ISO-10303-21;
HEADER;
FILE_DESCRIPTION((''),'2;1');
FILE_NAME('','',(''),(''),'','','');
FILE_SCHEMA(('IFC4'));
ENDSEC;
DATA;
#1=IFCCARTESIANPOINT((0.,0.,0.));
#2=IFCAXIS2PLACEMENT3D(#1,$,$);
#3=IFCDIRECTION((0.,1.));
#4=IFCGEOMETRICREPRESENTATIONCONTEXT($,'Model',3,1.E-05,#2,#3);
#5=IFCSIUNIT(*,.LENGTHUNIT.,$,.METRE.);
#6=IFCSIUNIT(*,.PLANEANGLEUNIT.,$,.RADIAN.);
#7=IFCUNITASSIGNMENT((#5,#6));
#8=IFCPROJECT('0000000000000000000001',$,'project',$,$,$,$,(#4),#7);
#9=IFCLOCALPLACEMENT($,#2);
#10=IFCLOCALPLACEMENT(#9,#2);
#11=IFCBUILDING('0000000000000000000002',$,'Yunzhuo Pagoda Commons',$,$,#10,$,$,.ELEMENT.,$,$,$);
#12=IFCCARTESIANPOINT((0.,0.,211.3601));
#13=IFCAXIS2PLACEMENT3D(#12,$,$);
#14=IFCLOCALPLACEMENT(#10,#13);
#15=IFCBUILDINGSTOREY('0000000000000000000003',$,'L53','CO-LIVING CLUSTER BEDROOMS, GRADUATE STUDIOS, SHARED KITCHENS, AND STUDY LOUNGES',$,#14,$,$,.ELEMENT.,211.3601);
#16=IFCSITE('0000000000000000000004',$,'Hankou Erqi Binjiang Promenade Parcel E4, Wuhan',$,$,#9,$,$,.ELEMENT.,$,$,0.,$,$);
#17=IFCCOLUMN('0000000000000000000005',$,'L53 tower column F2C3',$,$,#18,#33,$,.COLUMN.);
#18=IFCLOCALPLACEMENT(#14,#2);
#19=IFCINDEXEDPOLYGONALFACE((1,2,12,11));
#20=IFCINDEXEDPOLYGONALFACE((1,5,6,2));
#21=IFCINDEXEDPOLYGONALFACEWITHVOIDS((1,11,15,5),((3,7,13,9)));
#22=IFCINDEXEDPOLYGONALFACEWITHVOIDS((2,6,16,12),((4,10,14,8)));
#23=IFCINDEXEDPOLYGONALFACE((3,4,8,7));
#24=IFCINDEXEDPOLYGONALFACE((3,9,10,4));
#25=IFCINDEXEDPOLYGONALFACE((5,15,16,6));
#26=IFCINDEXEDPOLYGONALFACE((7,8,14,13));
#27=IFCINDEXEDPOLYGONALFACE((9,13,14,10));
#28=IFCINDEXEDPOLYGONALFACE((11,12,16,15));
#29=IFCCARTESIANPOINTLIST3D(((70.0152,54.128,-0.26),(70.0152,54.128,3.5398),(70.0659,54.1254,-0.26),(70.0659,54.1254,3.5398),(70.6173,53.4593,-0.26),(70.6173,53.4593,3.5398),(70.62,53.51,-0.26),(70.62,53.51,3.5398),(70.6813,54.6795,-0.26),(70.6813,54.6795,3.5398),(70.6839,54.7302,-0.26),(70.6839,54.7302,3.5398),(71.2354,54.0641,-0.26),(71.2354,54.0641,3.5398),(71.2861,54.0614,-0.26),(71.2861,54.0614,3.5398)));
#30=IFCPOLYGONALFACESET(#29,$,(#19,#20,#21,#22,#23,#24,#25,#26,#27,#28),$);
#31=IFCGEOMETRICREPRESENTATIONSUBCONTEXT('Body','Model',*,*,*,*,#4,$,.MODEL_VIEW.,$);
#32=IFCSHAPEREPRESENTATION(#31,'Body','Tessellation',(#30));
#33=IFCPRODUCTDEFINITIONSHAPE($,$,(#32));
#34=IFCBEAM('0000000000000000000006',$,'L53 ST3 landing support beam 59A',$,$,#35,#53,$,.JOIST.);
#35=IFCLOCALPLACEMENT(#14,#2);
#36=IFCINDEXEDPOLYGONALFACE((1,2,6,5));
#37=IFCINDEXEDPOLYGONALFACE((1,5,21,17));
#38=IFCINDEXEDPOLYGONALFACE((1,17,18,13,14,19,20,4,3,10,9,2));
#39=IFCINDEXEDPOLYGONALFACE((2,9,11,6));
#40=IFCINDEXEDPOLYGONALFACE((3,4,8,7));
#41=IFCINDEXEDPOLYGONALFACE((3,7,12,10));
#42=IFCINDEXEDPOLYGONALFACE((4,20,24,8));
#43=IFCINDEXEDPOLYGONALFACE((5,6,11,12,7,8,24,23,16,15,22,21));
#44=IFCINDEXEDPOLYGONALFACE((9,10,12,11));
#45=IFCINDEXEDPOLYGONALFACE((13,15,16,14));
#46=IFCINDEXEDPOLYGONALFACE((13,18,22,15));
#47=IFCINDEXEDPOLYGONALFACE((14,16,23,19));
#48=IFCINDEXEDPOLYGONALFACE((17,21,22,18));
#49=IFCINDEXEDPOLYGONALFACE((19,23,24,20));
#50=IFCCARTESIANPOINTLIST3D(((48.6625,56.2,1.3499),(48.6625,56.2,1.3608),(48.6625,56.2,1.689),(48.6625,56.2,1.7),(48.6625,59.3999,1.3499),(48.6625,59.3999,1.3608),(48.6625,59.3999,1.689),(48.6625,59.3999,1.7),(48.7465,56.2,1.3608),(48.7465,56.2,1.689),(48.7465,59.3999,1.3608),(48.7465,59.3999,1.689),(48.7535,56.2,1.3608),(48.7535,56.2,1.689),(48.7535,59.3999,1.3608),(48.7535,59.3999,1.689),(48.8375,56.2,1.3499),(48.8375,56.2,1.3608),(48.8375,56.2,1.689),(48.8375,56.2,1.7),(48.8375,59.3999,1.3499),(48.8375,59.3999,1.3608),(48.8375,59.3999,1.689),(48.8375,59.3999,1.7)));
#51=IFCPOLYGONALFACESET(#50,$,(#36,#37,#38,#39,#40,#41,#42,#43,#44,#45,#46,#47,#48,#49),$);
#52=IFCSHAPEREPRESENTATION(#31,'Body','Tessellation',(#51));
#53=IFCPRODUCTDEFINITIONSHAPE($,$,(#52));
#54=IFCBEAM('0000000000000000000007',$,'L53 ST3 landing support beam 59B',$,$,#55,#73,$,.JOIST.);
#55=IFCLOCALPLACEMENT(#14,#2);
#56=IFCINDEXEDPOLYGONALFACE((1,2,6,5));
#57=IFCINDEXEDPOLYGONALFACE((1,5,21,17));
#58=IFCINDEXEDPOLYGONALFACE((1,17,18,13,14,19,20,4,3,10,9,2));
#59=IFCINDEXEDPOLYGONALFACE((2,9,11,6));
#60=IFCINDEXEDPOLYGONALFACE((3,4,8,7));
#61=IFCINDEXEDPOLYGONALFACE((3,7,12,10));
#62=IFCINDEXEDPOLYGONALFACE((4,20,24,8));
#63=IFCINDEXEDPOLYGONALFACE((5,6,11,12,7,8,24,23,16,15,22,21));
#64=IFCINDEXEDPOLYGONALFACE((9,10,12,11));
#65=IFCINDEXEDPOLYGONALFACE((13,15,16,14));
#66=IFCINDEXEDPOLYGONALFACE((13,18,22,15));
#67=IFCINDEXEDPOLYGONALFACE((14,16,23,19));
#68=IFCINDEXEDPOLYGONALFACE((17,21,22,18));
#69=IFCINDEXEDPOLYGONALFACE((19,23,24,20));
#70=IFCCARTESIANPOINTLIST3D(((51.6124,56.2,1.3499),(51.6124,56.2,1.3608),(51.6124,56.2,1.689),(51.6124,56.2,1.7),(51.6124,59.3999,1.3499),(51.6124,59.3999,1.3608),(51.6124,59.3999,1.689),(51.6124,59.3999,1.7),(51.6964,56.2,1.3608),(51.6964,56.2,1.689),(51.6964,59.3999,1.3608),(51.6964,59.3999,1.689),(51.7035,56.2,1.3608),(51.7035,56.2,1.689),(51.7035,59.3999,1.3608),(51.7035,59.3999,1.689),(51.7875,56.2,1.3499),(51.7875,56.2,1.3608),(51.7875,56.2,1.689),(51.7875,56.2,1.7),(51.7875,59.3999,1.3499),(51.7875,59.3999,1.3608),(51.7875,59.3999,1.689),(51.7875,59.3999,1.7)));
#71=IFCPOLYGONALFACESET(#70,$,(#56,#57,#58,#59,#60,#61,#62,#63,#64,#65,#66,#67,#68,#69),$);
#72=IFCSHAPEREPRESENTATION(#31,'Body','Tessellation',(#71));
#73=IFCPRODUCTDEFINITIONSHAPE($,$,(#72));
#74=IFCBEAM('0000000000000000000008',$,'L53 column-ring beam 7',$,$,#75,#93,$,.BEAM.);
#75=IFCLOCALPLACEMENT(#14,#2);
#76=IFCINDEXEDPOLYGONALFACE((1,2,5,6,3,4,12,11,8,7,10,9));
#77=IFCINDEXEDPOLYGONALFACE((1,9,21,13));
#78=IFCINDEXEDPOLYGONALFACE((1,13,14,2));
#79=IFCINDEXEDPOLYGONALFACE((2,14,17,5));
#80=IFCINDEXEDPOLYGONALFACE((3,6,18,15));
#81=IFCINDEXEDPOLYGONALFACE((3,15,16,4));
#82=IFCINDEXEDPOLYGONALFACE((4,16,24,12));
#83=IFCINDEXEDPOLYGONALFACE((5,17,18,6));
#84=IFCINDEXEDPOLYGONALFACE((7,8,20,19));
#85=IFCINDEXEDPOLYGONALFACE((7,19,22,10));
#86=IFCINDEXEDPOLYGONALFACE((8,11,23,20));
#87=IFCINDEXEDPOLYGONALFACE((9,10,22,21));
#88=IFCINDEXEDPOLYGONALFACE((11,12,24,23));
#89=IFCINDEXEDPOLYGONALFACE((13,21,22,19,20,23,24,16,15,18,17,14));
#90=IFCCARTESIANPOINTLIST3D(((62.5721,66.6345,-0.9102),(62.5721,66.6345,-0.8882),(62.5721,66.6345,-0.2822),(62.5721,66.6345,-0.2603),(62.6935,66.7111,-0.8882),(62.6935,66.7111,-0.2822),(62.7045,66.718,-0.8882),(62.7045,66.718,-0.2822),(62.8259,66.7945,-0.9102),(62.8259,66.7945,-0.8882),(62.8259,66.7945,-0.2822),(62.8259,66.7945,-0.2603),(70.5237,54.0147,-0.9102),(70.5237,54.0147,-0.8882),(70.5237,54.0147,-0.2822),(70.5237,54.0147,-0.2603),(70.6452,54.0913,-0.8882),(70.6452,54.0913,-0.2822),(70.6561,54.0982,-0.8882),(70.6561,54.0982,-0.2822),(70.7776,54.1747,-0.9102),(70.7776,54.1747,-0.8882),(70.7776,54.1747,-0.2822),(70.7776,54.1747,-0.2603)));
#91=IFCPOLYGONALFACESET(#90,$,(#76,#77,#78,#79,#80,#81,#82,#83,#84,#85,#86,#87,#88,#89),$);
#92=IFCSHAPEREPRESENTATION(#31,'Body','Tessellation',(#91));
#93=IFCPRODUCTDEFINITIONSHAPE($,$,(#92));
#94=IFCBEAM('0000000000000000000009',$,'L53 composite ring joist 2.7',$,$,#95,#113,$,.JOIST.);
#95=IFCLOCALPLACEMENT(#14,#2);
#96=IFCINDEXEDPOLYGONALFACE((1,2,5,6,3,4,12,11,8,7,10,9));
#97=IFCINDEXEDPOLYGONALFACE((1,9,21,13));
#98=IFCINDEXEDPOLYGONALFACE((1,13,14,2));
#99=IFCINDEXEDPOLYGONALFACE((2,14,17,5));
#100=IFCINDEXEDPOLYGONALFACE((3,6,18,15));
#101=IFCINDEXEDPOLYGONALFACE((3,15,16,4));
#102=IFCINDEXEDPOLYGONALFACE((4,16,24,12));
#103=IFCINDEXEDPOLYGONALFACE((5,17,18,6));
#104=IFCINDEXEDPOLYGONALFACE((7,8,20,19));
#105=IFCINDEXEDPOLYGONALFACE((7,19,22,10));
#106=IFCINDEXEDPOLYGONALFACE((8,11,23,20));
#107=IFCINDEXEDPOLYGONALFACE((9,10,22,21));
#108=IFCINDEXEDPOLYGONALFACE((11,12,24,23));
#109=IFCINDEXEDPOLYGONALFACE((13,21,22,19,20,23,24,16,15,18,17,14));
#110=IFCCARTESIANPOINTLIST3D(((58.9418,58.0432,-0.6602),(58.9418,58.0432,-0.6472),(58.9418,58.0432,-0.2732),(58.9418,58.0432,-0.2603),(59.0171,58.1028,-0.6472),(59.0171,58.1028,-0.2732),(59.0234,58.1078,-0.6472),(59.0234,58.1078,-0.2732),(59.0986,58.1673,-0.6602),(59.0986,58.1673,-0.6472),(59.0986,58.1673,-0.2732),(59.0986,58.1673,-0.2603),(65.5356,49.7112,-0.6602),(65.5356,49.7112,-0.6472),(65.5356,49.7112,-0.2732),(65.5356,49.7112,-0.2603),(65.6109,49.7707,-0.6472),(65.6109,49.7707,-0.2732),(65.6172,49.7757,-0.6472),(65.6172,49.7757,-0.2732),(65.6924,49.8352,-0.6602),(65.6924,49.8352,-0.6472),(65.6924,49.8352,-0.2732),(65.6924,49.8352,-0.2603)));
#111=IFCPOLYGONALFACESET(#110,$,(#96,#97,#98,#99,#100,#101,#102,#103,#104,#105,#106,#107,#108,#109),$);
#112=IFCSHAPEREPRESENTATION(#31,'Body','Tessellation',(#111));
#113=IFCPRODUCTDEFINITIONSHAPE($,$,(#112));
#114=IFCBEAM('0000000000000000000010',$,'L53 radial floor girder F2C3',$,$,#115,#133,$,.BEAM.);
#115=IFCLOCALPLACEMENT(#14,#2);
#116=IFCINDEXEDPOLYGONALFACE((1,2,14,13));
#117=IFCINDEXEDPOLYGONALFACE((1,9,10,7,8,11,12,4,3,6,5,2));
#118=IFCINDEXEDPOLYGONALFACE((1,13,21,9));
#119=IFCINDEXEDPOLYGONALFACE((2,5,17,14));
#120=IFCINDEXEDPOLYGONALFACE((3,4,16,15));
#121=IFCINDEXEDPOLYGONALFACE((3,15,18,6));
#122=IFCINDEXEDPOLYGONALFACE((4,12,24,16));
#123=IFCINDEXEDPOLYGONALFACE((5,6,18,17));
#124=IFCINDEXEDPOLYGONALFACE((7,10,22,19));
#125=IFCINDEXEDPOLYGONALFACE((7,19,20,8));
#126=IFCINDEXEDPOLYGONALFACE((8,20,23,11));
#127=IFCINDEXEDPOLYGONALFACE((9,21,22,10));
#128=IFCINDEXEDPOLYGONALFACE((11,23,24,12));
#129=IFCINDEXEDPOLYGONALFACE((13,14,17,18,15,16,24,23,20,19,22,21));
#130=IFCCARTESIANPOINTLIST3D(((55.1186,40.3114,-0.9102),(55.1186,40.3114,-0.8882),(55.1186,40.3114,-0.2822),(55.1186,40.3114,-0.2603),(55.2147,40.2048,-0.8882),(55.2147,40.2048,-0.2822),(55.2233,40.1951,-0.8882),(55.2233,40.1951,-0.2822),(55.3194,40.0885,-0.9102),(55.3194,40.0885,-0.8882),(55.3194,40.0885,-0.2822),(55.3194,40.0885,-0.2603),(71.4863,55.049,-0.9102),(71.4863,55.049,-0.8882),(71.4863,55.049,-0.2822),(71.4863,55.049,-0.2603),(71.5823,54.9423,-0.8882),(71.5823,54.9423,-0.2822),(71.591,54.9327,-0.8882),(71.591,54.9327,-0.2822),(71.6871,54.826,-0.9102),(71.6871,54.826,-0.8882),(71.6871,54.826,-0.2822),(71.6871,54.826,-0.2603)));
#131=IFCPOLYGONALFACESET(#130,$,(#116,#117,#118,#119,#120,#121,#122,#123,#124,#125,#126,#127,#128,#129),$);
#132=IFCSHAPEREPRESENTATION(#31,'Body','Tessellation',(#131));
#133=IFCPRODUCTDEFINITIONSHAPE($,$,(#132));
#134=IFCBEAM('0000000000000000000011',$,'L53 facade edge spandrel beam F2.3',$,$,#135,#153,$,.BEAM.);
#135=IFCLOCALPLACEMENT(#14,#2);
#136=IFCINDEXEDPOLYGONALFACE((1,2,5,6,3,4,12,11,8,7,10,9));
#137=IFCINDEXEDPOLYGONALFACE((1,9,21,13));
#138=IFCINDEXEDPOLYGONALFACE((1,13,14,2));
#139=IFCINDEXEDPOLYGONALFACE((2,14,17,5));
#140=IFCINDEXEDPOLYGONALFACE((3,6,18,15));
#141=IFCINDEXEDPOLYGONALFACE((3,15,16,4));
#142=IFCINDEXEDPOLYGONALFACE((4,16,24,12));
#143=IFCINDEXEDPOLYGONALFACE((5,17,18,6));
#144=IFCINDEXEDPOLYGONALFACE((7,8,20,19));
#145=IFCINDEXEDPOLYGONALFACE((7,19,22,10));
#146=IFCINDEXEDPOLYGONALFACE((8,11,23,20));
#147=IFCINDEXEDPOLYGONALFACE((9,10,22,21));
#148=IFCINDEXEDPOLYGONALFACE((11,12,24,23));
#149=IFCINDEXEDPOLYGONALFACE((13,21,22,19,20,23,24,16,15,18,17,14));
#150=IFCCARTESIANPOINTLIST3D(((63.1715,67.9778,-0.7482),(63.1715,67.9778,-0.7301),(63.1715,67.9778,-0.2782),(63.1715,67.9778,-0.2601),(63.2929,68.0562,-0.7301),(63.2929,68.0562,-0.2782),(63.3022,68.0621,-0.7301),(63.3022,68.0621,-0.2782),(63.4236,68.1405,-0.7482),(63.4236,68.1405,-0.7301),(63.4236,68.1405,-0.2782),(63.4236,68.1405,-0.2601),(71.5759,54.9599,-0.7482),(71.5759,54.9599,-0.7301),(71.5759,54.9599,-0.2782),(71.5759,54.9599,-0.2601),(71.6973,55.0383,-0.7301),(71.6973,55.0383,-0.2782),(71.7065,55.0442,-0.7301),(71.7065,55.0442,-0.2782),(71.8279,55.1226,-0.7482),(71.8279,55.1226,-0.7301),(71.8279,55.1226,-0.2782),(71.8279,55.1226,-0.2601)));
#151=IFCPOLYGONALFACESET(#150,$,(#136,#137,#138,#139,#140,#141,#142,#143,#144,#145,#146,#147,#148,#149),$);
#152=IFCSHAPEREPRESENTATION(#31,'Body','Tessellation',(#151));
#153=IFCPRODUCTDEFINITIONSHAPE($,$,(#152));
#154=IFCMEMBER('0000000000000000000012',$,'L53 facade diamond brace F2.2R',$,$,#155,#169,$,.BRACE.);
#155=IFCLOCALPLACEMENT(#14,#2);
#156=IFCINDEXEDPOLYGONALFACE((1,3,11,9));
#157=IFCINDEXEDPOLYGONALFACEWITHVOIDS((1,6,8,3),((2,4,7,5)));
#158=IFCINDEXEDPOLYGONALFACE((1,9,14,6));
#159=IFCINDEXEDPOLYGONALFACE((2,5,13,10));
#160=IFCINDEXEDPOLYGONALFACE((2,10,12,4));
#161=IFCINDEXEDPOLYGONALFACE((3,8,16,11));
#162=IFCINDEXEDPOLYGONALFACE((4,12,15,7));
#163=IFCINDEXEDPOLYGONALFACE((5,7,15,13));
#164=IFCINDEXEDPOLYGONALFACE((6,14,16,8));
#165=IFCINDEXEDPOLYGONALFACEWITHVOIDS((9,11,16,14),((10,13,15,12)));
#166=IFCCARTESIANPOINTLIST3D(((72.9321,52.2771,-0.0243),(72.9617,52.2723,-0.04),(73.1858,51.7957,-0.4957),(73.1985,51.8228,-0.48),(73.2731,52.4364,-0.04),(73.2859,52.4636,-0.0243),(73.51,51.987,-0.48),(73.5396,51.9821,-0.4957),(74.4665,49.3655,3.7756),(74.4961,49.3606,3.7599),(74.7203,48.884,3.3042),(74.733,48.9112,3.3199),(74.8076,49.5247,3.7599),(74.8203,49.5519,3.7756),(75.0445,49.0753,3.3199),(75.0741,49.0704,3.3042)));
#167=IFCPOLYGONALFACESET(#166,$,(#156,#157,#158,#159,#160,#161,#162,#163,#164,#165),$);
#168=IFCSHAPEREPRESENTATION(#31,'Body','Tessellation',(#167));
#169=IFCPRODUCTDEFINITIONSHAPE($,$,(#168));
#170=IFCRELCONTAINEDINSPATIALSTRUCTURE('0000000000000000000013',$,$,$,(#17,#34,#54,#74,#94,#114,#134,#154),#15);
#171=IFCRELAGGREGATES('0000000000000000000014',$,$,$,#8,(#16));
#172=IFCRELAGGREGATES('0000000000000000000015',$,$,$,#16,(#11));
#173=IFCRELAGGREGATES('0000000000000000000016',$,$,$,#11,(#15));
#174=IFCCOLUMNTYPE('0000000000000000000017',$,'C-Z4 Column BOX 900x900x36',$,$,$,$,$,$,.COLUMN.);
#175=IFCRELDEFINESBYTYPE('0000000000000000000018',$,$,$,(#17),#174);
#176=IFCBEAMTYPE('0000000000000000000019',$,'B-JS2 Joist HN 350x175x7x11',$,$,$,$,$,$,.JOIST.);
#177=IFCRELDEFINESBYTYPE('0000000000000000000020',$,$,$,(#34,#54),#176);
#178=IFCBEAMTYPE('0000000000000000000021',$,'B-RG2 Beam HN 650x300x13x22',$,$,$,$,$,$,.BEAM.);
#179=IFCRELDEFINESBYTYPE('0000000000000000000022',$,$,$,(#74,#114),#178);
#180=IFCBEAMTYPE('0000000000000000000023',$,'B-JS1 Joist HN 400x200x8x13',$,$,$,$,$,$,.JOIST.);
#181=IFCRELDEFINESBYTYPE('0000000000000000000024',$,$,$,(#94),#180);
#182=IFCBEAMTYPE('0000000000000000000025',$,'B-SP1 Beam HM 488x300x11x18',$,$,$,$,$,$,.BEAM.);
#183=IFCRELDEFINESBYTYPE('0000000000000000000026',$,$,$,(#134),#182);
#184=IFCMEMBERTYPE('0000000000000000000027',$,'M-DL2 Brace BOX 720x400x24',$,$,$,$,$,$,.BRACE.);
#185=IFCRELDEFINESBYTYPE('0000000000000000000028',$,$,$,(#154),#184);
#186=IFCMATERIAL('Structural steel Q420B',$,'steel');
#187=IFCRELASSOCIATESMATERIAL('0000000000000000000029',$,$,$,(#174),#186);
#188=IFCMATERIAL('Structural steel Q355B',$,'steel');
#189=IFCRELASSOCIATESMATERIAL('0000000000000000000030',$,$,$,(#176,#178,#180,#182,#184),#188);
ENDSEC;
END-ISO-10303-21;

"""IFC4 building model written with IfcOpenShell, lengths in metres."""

from ifc_helpers import new_model, si_unit, direction, frame, origin, origin_2d, place, context, subcontext, project, spatial, hollow_rectangle, i_section, extrude, source, transform, mapped, material, material_profile, profile_set, type_object, element, save


model = new_model("IFC4")

# Units and contexts
model_context = context("Model", 3, precision=1e-05, world=origin(), true_north=direction((0.0, 1.0)))
body_context = subcontext(model_context, "Body", "Model", "MODEL_VIEW")
ifc_project = project(units=[si_unit("LENGTHUNIT", "METRE"), si_unit("PLANEANGLEUNIT", "RADIAN")], contexts=[model_context])

# Site, building, storey
site_placement = place(None, origin())
site = spatial("IfcSite", under=ifc_project, at=site_placement, Name="Hankou Erqi Binjiang Promenade Parcel E4, Wuhan", CompositionType="ELEMENT", RefElevation=0.0)
building_placement = place(site_placement, origin())
building = spatial("IfcBuilding", under=site, at=building_placement, Name="Yunzhuo Pagoda Commons", CompositionType="ELEMENT")
storey_placement = place(building_placement, frame((0.0, 0.0, 211.3601)))
storey = spatial("IfcBuildingStorey", under=building, at=storey_placement, Name="L53", Description="CO-LIVING CLUSTER BEDROOMS, GRADUATE STUDIOS, SHARED KITCHENS, AND STUDY LOUNGES", CompositionType="ELEMENT", Elevation=211.3601)

# Column
ifc_material_1 = material(Name="Structural steel Q420B", Category="steel")
ifc_material_profile_1 = material_profile(ifc_material_1, hollow_rectangle(XDim=0.8999, YDim=0.8999, WallThickness=0.0359, at=origin_2d()), Name="Structural steel Q420B")
ifc_profile_set_1 = profile_set([ifc_material_profile_1], Name="Structural steel Q420B")
column_type = type_object("IfcColumnType", Name="C-Z4 Column BOX 900x900x36", PredefinedType="COLUMN", material=ifc_profile_set_1)
shared_shape_1 = source(origin(), body_context, "Body", "SweptSolid", [
    extrude(hollow_rectangle(XDim=0.8999, YDim=0.8999, WallThickness=0.0359, at=origin_2d()), origin(), (0.0, 0.0, 1.0), 3.7998),
])
column_placement = place(storey_placement, frame((70.6506, 54.0947, -0.26), z_axis=(0.0, 0.0, 1.0), x_axis=(-0.669131, 0.743145, 0.0)))
element("IfcColumn", 1, at=column_placement, inside=storey, type_object=column_type, Name="L53 tower column F2C3", PredefinedType="COLUMN", context=body_context, shape_type="MappedRepresentation", body=[
    mapped(shared_shape_1, transform((0.0, 0.0, 0.0), scale=1.0)),
])

# Beams
ifc_material_2 = material(Name="Structural steel Q355B", Category="steel")
ifc_material_profile_2 = material_profile(ifc_material_2, i_section(OverallWidth=0.175, OverallDepth=0.3501, WebThickness=0.0071, FlangeThickness=0.011, at=origin_2d()), Name="Structural steel Q355B")
ifc_profile_set_2 = profile_set([ifc_material_profile_2], Name="Structural steel Q355B")
beam_type_1 = type_object("IfcBeamType", Name="B-JS2 Joist HN 350x175x7x11", PredefinedType="JOIST", material=ifc_profile_set_2)
shared_shape_2 = source(origin(), body_context, "Body", "SweptSolid", [
    extrude(i_section(OverallWidth=0.175, OverallDepth=0.3501, WebThickness=0.0071, FlangeThickness=0.011, at=origin_2d()), origin(), (0.0, 0.0, 1.0), 3.2),
])
for number, where, z_axis, x_axis, name in (
    (2, (48.75, 56.2, 1.5249), (0.0, 1.0, 0.0), (-1.0, 0.0, 0.0), "L53 ST3 landing support beam 59A"),
    (3, (51.7, 56.2, 1.5249), (0.0, 1.0, 0.0), (-1.0, 0.0, 0.0), "L53 ST3 landing support beam 59B"),
):
    element("IfcBeam", number, at=place(storey_placement, frame(where, z_axis=z_axis, x_axis=x_axis)), inside=storey, type_object=beam_type_1, Name=name, PredefinedType="JOIST", context=body_context, shape_type="MappedRepresentation", body=[
        mapped(shared_shape_2, transform((0.0, 0.0, 0.0), scale=1.0)),
    ])
ifc_material_profile_3 = material_profile(ifc_material_2, i_section(OverallWidth=0.3, OverallDepth=0.6499, WebThickness=0.0129, FlangeThickness=0.022, at=origin_2d()), Name="Structural steel Q355B")
ifc_profile_set_3 = profile_set([ifc_material_profile_3], Name="Structural steel Q355B")
beam_type_2 = type_object("IfcBeamType", Name="B-RG2 Beam HN 650x300x13x22", PredefinedType="BEAM", material=ifc_profile_set_3)
shared_shape_3 = source(origin(), body_context, "Body", "SweptSolid", [
    extrude(i_section(OverallWidth=0.3, OverallDepth=0.6499, WebThickness=0.0129, FlangeThickness=0.022, at=origin_2d()), origin(), (0.0, 0.0, 1.0), 14.916),
])
beam_1_placement = place(storey_placement, frame((70.6506, 54.0947, -0.5852), z_axis=(-0.533092, 0.846057, 0.0), x_axis=(-0.846057, -0.533092, 0.0)))
element("IfcBeam", 4, at=beam_1_placement, inside=storey, type_object=beam_type_2, Name="L53 column-ring beam 7", PredefinedType="BEAM", context=body_context, shape_type="MappedRepresentation", body=[
    mapped(shared_shape_3, transform((0.0, 0.0, 0.0), scale=1.0)),
])
ifc_material_profile_4 = material_profile(ifc_material_2, i_section(OverallWidth=0.2, OverallDepth=0.3999, WebThickness=0.0081, FlangeThickness=0.0129, at=origin_2d()), Name="Structural steel Q355B")
ifc_profile_set_4 = profile_set([ifc_material_profile_4], Name="Structural steel Q355B")
beam_type_3 = type_object("IfcBeamType", Name="B-JS1 Joist HN 400x200x8x13", PredefinedType="JOIST", material=ifc_profile_set_4)
shared_shape_4 = source(origin(), body_context, "Body", "SweptSolid", [
    extrude(i_section(OverallWidth=0.2, OverallDepth=0.3999, WebThickness=0.0081, FlangeThickness=0.0129, at=origin_2d()), origin(), (0.0, 0.0, 1.0), 10.6255),
])
beam_2_placement = place(storey_placement, frame((65.614, 49.7732, -0.4602), z_axis=(-0.620562, 0.784158, 0.0), x_axis=(-0.784158, -0.620562, 0.0)))
element("IfcBeam", 5, at=beam_2_placement, inside=storey, type_object=beam_type_3, Name="L53 composite ring joist 2.7", PredefinedType="JOIST", context=body_context, shape_type="MappedRepresentation", body=[
    mapped(shared_shape_4, transform((0.0, 0.0, 0.0), scale=1.0)),
])
shared_shape_5 = source(origin(), body_context, "Body", "SweptSolid", [
    extrude(i_section(OverallWidth=0.3, OverallDepth=0.6499, WebThickness=0.0129, FlangeThickness=0.022, at=origin_2d()), origin(), (0.0, 0.0, 1.0), 22.0249),
])
beam_3_placement = place(storey_placement, frame((71.5867, 54.9375, -0.5852), z_axis=(-0.743144, -0.669131, 0.0), x_axis=(0.669131, -0.743144, 0.0)))
element("IfcBeam", 6, at=beam_3_placement, inside=storey, type_object=beam_type_2, Name="L53 radial floor girder F2C3", PredefinedType="BEAM", context=body_context, shape_type="MappedRepresentation", body=[
    mapped(shared_shape_5, transform((0.0, 0.0, 0.0), scale=1.0)),
])
ifc_material_profile_5 = material_profile(ifc_material_2, i_section(OverallWidth=0.3, OverallDepth=0.488, WebThickness=0.011, FlangeThickness=0.0181, at=origin_2d()), Name="Structural steel Q355B")
ifc_profile_set_5 = profile_set([ifc_material_profile_5], Name="Structural steel Q355B")
beam_type_4 = type_object("IfcBeamType", Name="B-SP1 Beam HM 488x300x11x18", PredefinedType="BEAM", material=ifc_profile_set_5)
shared_shape_6 = source(origin(), body_context, "Body", "SweptSolid", [
    extrude(i_section(OverallWidth=0.3, OverallDepth=0.488, WebThickness=0.011, FlangeThickness=0.0181, at=origin_2d()), origin(), (0.0, 0.0, 1.0), 15.4951),
])
beam_4_placement = place(storey_placement, frame((71.7019, 55.0413, -0.5042), z_axis=(-0.542387, 0.840129, 0.0), x_axis=(-0.840129, -0.542387, 0.0)))
element("IfcBeam", 7, at=beam_4_placement, inside=storey, type_object=beam_type_4, Name="L53 facade edge spandrel beam F2.3", PredefinedType="BEAM", context=body_context, shape_type="MappedRepresentation", body=[
    mapped(shared_shape_6, transform((0.0, 0.0, 0.0), scale=1.0)),
])

# Member
ifc_material_profile_6 = material_profile(ifc_material_2, hollow_rectangle(XDim=0.3999, YDim=0.72, WallThickness=0.0239, at=origin_2d()), Name="Structural steel Q355B")
ifc_profile_set_6 = profile_set([ifc_material_profile_6], Name="Structural steel Q355B")
member_type_1 = type_object("IfcMemberType", Name="M-DL2 Brace BOX 720x400x24", PredefinedType="BRACE", material=ifc_profile_set_6)
shared_shape_7 = source(origin(), body_context, "Body", "SweptSolid", [
    extrude(hollow_rectangle(XDim=0.3999, YDim=0.72, WallThickness=0.0239, at=origin_2d()), origin(), (0.0, 0.0, 1.0), 5.0271),
])
member_1_placement = place(storey_placement, frame((73.2358, 52.1296, -0.26), z_axis=(0.305238, -0.579199, 0.755882), x_axis=(0.884669, 0.46622, 0.0)))
element("IfcMember", 8, at=member_1_placement, inside=storey, type_object=member_type_1, Name="L53 facade diamond brace F2.2R", PredefinedType="BRACE", context=body_context, shape_type="MappedRepresentation", body=[
    mapped(shared_shape_7, transform((0.0, 0.0, 0.0), scale=1.0)),
])

save(model, "model.ifc")
